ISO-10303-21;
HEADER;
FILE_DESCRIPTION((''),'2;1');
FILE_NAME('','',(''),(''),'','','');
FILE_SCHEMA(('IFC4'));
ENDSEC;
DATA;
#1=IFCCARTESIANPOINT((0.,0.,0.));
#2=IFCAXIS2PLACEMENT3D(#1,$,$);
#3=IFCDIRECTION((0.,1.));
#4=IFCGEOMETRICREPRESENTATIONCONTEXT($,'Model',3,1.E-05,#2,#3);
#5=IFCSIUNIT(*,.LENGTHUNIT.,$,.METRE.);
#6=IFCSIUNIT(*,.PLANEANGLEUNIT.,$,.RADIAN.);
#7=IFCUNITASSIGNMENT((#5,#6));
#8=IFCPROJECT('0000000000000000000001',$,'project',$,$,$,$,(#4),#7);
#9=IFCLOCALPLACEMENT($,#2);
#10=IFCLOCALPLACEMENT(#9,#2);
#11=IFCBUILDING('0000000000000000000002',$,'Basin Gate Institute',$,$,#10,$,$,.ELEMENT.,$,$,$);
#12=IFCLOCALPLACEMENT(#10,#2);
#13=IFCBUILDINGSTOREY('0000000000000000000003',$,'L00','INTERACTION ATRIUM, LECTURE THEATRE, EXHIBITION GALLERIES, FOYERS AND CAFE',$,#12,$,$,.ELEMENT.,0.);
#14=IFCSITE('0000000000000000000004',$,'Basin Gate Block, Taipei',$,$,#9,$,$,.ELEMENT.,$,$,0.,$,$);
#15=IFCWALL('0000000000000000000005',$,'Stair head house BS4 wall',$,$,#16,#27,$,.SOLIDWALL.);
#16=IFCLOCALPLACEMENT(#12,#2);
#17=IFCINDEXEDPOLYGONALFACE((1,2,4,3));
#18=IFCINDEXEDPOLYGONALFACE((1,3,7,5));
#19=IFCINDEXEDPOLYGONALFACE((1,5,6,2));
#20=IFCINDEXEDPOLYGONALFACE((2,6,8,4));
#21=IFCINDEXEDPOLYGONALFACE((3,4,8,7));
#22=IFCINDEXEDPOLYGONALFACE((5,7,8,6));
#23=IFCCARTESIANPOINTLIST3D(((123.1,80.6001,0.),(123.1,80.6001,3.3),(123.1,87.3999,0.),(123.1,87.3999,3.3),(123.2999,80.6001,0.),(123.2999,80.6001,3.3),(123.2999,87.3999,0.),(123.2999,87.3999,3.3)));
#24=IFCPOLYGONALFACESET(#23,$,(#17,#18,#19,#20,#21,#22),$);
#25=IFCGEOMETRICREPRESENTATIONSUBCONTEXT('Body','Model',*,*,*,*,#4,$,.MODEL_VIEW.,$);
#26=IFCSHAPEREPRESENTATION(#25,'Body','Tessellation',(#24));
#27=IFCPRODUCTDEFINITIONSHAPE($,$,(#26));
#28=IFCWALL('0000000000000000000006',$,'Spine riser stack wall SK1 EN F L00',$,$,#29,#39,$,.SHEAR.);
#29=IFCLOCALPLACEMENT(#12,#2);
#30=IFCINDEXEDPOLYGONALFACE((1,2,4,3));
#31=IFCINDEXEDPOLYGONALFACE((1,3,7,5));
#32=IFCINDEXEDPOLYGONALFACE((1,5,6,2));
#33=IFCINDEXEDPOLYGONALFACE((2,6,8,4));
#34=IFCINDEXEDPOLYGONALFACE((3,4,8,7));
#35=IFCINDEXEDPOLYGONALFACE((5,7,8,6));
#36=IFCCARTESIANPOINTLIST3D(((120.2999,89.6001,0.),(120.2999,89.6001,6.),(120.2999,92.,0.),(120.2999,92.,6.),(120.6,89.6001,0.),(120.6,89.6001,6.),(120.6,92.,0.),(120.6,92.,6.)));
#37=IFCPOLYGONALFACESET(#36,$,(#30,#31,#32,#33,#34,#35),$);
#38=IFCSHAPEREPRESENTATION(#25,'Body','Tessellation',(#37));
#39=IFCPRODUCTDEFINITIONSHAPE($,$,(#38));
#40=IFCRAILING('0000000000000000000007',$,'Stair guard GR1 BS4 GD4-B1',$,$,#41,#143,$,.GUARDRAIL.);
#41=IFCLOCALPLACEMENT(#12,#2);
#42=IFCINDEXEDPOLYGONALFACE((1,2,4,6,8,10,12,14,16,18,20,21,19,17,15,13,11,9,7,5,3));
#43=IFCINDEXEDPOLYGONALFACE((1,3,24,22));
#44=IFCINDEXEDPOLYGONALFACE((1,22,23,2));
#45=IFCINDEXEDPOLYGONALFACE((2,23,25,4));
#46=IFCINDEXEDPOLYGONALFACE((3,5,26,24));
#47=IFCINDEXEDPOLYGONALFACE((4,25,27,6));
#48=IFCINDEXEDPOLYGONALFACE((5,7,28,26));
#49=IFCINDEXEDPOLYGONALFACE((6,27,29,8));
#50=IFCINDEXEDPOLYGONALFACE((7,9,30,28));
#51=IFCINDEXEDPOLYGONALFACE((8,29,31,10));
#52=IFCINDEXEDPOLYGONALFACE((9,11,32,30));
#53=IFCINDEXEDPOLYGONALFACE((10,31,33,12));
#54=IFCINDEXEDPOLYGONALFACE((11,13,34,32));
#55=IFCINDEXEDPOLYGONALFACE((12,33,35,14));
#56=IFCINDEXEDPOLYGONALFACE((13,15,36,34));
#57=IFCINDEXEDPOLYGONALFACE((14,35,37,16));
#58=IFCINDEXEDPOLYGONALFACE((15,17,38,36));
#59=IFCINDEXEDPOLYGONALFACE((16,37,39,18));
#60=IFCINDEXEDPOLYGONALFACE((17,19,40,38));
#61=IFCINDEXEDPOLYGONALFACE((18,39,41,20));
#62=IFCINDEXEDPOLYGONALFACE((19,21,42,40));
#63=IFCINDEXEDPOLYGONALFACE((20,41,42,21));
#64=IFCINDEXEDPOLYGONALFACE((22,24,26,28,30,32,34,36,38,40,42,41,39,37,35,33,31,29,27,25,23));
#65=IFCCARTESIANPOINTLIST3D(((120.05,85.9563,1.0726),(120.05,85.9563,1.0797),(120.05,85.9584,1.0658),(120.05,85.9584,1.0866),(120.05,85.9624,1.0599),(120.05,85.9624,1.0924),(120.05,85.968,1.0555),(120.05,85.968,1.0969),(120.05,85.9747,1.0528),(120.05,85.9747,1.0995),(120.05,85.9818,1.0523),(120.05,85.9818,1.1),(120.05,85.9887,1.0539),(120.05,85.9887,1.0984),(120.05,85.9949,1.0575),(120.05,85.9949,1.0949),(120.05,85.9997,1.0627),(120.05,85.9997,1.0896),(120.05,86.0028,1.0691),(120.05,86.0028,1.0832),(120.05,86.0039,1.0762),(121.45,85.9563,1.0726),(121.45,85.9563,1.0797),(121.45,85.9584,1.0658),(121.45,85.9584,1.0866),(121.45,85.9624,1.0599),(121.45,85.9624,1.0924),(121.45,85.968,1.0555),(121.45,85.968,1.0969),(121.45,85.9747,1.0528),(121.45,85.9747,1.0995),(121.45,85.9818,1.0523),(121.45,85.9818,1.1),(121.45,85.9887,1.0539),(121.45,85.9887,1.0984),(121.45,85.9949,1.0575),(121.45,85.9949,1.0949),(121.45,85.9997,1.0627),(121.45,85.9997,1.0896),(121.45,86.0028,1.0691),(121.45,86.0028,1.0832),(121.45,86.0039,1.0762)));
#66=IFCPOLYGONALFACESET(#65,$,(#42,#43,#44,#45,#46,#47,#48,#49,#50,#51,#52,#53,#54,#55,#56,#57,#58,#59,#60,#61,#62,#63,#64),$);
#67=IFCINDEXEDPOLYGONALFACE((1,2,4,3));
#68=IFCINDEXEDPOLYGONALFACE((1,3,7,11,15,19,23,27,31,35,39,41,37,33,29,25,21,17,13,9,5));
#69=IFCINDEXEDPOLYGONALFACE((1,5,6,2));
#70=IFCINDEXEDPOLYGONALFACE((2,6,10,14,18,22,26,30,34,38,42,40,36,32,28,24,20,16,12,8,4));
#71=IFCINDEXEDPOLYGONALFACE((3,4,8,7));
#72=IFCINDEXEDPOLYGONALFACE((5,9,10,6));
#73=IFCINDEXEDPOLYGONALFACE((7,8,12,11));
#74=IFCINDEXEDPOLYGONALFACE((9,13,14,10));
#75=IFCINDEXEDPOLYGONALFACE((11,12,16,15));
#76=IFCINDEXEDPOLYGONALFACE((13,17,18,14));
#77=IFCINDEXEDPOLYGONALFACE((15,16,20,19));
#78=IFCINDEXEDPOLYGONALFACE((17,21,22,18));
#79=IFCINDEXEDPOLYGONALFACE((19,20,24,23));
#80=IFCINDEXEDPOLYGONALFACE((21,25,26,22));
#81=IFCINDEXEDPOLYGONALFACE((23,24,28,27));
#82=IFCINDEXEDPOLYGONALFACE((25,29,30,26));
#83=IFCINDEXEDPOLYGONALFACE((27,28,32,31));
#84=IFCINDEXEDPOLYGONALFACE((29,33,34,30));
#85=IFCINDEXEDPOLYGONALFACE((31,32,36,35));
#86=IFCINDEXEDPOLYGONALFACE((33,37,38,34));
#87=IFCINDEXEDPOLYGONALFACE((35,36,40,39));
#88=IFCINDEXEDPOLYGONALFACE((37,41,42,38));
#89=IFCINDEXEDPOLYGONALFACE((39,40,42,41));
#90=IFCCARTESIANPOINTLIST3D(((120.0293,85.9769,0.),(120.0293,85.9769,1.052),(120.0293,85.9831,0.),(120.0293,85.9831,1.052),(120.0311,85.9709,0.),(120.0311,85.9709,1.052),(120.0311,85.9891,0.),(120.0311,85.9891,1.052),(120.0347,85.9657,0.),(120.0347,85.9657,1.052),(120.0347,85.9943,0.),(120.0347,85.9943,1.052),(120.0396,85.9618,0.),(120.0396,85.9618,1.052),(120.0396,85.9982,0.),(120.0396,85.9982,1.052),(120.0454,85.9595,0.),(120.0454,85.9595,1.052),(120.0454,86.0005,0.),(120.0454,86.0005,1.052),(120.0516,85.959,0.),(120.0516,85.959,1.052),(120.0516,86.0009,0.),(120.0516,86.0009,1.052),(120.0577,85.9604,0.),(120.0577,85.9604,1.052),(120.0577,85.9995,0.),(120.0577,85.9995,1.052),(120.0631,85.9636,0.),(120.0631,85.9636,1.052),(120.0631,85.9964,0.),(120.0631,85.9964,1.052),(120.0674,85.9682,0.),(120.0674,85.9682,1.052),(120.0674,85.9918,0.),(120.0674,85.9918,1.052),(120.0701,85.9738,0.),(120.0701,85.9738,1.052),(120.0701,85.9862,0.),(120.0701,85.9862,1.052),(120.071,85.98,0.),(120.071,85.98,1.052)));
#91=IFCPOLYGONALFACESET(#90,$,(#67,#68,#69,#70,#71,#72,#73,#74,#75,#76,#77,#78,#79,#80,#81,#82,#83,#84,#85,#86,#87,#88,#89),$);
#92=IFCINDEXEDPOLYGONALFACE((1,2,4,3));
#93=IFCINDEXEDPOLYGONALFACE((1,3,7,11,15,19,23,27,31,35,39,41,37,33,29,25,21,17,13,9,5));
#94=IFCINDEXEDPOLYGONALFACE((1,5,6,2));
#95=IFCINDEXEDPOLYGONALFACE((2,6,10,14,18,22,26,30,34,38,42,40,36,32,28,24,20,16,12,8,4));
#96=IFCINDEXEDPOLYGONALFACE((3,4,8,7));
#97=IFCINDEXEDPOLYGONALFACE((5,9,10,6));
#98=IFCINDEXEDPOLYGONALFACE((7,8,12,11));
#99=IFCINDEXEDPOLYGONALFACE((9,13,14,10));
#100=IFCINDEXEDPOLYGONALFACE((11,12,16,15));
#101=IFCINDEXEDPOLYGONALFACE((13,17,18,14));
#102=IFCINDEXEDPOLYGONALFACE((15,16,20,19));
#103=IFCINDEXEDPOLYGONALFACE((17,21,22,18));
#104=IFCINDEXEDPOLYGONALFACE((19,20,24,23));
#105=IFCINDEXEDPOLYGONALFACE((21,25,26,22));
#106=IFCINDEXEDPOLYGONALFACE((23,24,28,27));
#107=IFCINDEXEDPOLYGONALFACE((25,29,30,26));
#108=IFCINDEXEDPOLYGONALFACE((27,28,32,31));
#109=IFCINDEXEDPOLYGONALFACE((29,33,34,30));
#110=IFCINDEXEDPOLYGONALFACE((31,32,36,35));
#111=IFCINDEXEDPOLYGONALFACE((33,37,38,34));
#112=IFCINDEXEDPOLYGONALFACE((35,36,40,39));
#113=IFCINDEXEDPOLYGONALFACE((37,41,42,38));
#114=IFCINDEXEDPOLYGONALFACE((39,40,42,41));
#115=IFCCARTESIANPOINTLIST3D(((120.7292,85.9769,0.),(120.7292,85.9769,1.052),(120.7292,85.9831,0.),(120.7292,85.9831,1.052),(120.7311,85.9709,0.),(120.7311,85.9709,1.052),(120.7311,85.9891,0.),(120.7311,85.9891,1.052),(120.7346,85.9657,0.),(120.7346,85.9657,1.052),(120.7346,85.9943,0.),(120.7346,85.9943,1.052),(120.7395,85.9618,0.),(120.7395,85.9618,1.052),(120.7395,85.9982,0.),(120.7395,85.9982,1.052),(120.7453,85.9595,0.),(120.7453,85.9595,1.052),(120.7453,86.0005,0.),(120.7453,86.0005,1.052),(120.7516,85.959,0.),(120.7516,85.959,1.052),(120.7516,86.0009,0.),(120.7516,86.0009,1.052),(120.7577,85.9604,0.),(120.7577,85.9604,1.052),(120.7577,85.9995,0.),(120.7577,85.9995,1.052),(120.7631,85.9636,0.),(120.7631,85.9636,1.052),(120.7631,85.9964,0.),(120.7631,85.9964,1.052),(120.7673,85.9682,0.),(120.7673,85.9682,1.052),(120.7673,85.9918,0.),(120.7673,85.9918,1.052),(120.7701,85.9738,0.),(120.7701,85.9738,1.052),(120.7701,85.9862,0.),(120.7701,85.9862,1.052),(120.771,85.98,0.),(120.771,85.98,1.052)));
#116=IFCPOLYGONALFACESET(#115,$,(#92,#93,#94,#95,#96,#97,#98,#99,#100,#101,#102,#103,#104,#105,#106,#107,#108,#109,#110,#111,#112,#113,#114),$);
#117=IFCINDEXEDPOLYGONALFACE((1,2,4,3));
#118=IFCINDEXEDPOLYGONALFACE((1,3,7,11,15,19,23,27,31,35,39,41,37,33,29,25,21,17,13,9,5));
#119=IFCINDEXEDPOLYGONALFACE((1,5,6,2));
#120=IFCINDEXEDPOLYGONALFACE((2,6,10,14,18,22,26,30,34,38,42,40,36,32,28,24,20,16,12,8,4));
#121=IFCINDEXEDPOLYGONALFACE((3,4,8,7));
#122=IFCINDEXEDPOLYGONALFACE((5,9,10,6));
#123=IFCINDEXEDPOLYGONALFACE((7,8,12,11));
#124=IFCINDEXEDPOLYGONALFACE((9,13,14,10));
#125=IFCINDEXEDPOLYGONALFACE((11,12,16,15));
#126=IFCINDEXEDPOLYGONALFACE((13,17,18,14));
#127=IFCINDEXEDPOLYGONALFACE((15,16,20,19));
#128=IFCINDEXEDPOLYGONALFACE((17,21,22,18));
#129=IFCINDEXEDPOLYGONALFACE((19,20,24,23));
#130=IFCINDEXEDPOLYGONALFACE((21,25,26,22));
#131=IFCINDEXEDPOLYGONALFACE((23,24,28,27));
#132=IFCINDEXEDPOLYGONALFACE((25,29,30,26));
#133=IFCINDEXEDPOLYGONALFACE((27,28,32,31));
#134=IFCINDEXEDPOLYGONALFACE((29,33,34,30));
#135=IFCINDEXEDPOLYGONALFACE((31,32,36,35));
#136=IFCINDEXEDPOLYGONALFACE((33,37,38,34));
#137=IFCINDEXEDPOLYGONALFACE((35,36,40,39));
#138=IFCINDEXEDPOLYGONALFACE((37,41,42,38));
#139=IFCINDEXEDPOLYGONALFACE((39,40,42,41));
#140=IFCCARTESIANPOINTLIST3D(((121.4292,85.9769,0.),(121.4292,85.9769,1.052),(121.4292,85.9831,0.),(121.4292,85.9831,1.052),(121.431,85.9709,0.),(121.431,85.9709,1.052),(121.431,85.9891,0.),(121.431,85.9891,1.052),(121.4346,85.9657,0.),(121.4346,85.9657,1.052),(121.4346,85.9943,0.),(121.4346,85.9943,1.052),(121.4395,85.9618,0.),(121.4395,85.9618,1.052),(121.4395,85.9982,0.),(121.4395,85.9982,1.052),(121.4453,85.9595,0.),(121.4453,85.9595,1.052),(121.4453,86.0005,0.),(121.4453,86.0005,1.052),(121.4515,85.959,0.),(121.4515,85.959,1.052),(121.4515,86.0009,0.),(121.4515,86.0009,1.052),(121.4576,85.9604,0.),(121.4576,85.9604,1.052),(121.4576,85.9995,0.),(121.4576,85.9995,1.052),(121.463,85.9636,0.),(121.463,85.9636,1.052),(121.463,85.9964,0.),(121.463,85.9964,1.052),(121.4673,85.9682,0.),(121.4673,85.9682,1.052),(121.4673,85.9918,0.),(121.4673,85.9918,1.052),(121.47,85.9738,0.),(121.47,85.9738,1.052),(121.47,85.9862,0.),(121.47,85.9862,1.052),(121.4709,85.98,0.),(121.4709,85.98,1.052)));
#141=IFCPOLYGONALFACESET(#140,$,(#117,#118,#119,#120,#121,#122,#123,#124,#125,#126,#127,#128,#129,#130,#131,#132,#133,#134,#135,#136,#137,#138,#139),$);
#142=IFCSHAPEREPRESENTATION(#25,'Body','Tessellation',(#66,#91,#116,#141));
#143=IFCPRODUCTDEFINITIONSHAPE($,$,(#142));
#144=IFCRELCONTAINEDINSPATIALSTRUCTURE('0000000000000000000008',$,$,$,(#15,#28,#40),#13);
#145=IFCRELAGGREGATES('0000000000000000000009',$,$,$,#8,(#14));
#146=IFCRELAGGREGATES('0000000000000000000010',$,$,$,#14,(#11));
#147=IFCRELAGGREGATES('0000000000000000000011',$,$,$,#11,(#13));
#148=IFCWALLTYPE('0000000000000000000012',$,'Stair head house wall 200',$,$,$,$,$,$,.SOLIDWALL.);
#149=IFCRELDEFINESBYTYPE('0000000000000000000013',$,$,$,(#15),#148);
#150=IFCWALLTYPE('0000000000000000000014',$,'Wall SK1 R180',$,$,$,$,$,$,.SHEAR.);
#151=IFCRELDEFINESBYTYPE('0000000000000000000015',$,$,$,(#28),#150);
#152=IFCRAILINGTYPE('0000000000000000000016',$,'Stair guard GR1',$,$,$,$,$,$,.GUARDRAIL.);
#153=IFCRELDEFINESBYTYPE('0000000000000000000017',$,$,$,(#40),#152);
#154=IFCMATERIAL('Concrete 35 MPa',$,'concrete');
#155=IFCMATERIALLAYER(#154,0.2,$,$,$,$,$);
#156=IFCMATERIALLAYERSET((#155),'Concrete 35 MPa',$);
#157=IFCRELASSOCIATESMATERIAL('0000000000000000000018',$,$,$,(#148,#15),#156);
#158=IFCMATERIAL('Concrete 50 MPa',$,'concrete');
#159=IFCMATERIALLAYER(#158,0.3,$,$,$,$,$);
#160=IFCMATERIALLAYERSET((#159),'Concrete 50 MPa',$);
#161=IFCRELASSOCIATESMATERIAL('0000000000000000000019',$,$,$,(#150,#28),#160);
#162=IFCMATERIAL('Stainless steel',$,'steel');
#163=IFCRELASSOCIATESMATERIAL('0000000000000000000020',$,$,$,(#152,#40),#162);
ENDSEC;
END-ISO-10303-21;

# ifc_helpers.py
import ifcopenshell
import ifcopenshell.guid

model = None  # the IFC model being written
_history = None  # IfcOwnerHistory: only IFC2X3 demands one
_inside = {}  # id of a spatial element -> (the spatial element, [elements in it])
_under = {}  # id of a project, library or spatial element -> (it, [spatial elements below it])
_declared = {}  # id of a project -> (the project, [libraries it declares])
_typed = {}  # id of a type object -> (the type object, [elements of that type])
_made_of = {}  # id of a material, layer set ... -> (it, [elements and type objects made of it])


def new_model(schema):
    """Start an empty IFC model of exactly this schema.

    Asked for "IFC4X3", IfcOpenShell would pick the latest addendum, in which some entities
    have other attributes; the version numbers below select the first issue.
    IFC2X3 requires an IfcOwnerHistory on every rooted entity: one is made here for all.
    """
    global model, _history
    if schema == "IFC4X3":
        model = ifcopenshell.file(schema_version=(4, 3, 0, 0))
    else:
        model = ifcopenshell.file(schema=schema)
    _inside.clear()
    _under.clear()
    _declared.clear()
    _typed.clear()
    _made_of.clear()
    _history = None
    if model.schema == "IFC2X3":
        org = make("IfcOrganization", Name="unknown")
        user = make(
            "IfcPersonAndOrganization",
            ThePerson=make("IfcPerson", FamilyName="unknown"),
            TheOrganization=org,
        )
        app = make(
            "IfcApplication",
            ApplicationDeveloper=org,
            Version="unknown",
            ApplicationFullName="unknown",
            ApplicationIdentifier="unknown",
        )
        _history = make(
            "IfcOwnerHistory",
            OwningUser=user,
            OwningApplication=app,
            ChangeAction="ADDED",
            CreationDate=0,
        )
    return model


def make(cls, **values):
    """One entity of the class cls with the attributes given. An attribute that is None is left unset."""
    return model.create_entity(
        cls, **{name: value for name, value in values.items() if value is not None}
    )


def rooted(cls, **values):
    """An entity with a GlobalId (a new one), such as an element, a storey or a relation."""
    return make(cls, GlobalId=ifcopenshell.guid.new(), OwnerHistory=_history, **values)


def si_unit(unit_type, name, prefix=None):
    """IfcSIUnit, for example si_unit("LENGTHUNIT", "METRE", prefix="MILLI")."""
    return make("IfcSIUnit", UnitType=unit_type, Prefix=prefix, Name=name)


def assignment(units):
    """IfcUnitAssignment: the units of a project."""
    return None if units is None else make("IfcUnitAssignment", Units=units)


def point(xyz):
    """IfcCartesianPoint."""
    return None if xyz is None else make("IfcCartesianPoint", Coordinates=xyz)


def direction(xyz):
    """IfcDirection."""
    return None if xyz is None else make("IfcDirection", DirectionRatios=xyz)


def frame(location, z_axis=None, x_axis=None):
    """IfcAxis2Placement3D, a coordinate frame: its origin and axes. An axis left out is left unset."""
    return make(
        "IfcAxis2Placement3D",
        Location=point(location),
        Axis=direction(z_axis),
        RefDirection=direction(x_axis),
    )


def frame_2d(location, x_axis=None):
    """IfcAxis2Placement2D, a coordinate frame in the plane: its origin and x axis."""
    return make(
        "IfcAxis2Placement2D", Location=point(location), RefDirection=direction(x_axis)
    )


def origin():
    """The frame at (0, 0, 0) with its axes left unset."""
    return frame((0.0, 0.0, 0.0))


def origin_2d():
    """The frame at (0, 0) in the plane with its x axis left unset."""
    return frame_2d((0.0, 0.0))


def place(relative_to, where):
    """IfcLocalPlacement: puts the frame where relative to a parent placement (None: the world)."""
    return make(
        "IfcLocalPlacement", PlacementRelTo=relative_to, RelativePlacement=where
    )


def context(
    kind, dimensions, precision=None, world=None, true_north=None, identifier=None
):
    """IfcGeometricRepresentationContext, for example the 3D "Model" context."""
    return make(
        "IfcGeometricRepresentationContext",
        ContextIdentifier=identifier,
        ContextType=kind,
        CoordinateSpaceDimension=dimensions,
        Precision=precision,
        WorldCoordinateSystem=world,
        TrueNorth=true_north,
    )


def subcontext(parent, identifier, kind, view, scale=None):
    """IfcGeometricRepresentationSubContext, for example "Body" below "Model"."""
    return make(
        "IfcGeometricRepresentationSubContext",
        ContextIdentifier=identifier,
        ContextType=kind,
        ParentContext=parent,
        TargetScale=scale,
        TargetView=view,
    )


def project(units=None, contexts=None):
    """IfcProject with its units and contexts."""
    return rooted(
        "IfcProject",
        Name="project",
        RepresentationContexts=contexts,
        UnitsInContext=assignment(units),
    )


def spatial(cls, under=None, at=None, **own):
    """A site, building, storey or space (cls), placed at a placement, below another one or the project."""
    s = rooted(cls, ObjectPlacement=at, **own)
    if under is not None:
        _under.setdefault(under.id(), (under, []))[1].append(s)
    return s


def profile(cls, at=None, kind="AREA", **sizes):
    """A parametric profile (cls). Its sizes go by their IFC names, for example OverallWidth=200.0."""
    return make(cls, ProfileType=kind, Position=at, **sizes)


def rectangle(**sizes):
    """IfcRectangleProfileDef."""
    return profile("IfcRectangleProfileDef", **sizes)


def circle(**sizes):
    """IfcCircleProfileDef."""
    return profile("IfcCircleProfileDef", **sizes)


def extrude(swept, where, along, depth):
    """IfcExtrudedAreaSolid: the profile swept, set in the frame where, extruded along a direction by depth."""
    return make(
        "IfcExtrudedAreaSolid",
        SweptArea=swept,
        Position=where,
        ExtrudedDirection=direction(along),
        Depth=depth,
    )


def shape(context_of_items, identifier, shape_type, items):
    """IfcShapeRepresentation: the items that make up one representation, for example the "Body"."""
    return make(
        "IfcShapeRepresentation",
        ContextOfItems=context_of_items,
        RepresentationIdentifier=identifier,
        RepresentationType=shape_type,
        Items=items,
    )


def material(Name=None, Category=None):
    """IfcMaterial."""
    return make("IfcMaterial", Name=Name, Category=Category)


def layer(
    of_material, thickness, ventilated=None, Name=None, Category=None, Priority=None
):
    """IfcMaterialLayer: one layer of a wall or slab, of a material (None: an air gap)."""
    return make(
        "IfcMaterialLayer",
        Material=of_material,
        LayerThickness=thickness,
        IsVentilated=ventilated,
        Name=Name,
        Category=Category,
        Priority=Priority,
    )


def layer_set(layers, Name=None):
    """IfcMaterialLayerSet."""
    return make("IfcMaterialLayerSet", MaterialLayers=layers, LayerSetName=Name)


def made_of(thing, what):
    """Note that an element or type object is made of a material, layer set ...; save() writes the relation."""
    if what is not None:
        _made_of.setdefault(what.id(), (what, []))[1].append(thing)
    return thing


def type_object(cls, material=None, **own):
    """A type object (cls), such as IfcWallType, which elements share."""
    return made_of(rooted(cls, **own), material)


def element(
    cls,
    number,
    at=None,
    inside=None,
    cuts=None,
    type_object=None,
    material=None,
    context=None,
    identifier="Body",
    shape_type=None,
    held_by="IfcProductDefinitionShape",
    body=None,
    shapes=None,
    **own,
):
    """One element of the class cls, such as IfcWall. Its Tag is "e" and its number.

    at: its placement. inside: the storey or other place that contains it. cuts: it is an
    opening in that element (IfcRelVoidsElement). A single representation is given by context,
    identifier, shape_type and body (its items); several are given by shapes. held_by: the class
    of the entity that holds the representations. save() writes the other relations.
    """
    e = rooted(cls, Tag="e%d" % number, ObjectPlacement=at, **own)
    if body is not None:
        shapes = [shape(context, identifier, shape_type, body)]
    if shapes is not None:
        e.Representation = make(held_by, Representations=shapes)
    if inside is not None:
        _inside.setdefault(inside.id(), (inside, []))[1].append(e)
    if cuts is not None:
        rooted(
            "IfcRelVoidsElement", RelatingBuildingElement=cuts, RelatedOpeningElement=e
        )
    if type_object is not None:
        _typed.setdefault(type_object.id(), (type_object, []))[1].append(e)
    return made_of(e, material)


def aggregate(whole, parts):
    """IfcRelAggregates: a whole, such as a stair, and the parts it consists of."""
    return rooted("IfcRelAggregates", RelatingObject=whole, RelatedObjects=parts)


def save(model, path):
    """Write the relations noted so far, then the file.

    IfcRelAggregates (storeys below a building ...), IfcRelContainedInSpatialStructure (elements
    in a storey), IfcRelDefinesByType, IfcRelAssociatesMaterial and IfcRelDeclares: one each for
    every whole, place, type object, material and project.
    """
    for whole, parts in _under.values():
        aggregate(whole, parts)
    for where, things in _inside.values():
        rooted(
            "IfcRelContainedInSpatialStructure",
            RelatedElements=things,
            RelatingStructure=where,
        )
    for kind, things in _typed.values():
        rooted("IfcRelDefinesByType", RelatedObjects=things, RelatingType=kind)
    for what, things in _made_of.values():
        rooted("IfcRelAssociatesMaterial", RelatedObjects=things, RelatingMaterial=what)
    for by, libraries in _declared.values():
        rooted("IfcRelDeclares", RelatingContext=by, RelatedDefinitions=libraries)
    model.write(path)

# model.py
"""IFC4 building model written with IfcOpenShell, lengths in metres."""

from ifc_helpers import new_model, si_unit, direction, frame, frame_2d, origin, origin_2d, place, context, subcontext, project, spatial, rectangle, circle, extrude, material, layer, layer_set, type_object, element, save


model = new_model("IFC4")

# Units and contexts
model_context = context("Model", 3, precision=1e-05, world=origin(), true_north=direction((0.0, 1.0)))
body_context = subcontext(model_context, "Body", "Model", "MODEL_VIEW")
ifc_project = project(units=[si_unit("LENGTHUNIT", "METRE"), si_unit("PLANEANGLEUNIT", "RADIAN")], contexts=[model_context])

# Site, building, storey
site_placement = place(None, origin())
site = spatial("IfcSite", under=ifc_project, at=site_placement, Name="Basin Gate Block, Taipei", CompositionType="ELEMENT", RefElevation=0.0)
building_placement = place(site_placement, origin())
building = spatial("IfcBuilding", under=site, at=building_placement, Name="Basin Gate Institute", CompositionType="ELEMENT")
storey_placement = place(building_placement, origin())
storey = spatial("IfcBuildingStorey", under=building, at=storey_placement, Name="L00", Description="INTERACTION ATRIUM, LECTURE THEATRE, EXHIBITION GALLERIES, FOYERS AND CAFE", CompositionType="ELEMENT", Elevation=0.0)

# Walls
ifc_material_1 = material(Name="Concrete 35 MPa", Category="concrete")
ifc_layer_1 = layer(ifc_material_1, 0.2)
ifc_layer_set_1 = layer_set([ifc_layer_1], Name="Concrete 35 MPa")
wall_type_1 = type_object("IfcWallType", Name="Stair head house wall 200", PredefinedType="SOLIDWALL", material=ifc_layer_set_1)
for number, where, z_axis, x_axis, name in (
    (1, (123.2, 80.6001, 0.0), (0.0, 0.0, 1.0), (0.0, 1.0, 0.0), "Stair head house BS4 wall"),
):
    element("IfcWall", number, at=place(storey_placement, frame(where, z_axis=z_axis, x_axis=x_axis)), inside=storey, type_object=wall_type_1, material=ifc_layer_set_1, Name=name, PredefinedType="SOLIDWALL", context=body_context, shape_type="SweptSolid", body=[
        extrude(rectangle(XDim=6.7998, YDim=0.2, at=frame_2d((3.3999, 0.0))), origin(), (0.0, 0.0, 1.0), 3.3),
    ])
ifc_material_2 = material(Name="Concrete 50 MPa", Category="concrete")
ifc_layer_2 = layer(ifc_material_2, 0.3)
ifc_layer_set_2 = layer_set([ifc_layer_2], Name="Concrete 50 MPa")
wall_type_2 = type_object("IfcWallType", Name="Wall SK1 R180", PredefinedType="SHEAR", material=ifc_layer_set_2)
wall_placement = place(storey_placement, frame((120.45, 89.6001, 0.0), z_axis=(0.0, 0.0, 1.0), x_axis=(0.0, 1.0, 0.0)))
element("IfcWall", 2, at=wall_placement, inside=storey, type_object=wall_type_2, material=ifc_layer_set_2, Name="Spine riser stack wall SK1 EN F L00", PredefinedType="SHEAR", context=body_context, shape_type="SweptSolid", body=[
    extrude(rectangle(XDim=2.3999, YDim=0.3, at=frame_2d((1.2, 0.0))), origin(), (0.0, 0.0, 1.0), 6.0),
])

# Railing
ifc_material_3 = material(Name="Stainless steel", Category="steel")
railing_type = type_object("IfcRailingType", Name="Stair guard GR1", PredefinedType="GUARDRAIL", material=ifc_material_3)
railing_1_placement = place(storey_placement, frame((120.05, 85.98, 0.0)))
element("IfcRailing", 3, at=railing_1_placement, inside=storey, type_object=railing_type, material=ifc_material_3, Name="Stair guard GR1 BS4 GD4-B1", PredefinedType="GUARDRAIL", context=body_context, shape_type="SweptSolid", body=[
    extrude(circle(Radius=0.0239, at=origin_2d()), frame((0.0, 0.0, 1.0762), z_axis=(1.0, 0.0, 0.0), x_axis=(0.0, 1.0, 0.0)), (0.0, 0.0, 1.0), 1.3999),
    extrude(circle(Radius=0.021, at=origin_2d()), origin(), (0.0, 0.0, 1.0), 1.052),
    extrude(circle(Radius=0.021, at=origin_2d()), frame((0.7, 0.0, 0.0)), (0.0, 0.0, 1.0), 1.052),
    extrude(circle(Radius=0.021, at=origin_2d()), frame((1.3999, 0.0, 0.0)), (0.0, 0.0, 1.0), 1.052),
])

save(model, "model.ifc")
